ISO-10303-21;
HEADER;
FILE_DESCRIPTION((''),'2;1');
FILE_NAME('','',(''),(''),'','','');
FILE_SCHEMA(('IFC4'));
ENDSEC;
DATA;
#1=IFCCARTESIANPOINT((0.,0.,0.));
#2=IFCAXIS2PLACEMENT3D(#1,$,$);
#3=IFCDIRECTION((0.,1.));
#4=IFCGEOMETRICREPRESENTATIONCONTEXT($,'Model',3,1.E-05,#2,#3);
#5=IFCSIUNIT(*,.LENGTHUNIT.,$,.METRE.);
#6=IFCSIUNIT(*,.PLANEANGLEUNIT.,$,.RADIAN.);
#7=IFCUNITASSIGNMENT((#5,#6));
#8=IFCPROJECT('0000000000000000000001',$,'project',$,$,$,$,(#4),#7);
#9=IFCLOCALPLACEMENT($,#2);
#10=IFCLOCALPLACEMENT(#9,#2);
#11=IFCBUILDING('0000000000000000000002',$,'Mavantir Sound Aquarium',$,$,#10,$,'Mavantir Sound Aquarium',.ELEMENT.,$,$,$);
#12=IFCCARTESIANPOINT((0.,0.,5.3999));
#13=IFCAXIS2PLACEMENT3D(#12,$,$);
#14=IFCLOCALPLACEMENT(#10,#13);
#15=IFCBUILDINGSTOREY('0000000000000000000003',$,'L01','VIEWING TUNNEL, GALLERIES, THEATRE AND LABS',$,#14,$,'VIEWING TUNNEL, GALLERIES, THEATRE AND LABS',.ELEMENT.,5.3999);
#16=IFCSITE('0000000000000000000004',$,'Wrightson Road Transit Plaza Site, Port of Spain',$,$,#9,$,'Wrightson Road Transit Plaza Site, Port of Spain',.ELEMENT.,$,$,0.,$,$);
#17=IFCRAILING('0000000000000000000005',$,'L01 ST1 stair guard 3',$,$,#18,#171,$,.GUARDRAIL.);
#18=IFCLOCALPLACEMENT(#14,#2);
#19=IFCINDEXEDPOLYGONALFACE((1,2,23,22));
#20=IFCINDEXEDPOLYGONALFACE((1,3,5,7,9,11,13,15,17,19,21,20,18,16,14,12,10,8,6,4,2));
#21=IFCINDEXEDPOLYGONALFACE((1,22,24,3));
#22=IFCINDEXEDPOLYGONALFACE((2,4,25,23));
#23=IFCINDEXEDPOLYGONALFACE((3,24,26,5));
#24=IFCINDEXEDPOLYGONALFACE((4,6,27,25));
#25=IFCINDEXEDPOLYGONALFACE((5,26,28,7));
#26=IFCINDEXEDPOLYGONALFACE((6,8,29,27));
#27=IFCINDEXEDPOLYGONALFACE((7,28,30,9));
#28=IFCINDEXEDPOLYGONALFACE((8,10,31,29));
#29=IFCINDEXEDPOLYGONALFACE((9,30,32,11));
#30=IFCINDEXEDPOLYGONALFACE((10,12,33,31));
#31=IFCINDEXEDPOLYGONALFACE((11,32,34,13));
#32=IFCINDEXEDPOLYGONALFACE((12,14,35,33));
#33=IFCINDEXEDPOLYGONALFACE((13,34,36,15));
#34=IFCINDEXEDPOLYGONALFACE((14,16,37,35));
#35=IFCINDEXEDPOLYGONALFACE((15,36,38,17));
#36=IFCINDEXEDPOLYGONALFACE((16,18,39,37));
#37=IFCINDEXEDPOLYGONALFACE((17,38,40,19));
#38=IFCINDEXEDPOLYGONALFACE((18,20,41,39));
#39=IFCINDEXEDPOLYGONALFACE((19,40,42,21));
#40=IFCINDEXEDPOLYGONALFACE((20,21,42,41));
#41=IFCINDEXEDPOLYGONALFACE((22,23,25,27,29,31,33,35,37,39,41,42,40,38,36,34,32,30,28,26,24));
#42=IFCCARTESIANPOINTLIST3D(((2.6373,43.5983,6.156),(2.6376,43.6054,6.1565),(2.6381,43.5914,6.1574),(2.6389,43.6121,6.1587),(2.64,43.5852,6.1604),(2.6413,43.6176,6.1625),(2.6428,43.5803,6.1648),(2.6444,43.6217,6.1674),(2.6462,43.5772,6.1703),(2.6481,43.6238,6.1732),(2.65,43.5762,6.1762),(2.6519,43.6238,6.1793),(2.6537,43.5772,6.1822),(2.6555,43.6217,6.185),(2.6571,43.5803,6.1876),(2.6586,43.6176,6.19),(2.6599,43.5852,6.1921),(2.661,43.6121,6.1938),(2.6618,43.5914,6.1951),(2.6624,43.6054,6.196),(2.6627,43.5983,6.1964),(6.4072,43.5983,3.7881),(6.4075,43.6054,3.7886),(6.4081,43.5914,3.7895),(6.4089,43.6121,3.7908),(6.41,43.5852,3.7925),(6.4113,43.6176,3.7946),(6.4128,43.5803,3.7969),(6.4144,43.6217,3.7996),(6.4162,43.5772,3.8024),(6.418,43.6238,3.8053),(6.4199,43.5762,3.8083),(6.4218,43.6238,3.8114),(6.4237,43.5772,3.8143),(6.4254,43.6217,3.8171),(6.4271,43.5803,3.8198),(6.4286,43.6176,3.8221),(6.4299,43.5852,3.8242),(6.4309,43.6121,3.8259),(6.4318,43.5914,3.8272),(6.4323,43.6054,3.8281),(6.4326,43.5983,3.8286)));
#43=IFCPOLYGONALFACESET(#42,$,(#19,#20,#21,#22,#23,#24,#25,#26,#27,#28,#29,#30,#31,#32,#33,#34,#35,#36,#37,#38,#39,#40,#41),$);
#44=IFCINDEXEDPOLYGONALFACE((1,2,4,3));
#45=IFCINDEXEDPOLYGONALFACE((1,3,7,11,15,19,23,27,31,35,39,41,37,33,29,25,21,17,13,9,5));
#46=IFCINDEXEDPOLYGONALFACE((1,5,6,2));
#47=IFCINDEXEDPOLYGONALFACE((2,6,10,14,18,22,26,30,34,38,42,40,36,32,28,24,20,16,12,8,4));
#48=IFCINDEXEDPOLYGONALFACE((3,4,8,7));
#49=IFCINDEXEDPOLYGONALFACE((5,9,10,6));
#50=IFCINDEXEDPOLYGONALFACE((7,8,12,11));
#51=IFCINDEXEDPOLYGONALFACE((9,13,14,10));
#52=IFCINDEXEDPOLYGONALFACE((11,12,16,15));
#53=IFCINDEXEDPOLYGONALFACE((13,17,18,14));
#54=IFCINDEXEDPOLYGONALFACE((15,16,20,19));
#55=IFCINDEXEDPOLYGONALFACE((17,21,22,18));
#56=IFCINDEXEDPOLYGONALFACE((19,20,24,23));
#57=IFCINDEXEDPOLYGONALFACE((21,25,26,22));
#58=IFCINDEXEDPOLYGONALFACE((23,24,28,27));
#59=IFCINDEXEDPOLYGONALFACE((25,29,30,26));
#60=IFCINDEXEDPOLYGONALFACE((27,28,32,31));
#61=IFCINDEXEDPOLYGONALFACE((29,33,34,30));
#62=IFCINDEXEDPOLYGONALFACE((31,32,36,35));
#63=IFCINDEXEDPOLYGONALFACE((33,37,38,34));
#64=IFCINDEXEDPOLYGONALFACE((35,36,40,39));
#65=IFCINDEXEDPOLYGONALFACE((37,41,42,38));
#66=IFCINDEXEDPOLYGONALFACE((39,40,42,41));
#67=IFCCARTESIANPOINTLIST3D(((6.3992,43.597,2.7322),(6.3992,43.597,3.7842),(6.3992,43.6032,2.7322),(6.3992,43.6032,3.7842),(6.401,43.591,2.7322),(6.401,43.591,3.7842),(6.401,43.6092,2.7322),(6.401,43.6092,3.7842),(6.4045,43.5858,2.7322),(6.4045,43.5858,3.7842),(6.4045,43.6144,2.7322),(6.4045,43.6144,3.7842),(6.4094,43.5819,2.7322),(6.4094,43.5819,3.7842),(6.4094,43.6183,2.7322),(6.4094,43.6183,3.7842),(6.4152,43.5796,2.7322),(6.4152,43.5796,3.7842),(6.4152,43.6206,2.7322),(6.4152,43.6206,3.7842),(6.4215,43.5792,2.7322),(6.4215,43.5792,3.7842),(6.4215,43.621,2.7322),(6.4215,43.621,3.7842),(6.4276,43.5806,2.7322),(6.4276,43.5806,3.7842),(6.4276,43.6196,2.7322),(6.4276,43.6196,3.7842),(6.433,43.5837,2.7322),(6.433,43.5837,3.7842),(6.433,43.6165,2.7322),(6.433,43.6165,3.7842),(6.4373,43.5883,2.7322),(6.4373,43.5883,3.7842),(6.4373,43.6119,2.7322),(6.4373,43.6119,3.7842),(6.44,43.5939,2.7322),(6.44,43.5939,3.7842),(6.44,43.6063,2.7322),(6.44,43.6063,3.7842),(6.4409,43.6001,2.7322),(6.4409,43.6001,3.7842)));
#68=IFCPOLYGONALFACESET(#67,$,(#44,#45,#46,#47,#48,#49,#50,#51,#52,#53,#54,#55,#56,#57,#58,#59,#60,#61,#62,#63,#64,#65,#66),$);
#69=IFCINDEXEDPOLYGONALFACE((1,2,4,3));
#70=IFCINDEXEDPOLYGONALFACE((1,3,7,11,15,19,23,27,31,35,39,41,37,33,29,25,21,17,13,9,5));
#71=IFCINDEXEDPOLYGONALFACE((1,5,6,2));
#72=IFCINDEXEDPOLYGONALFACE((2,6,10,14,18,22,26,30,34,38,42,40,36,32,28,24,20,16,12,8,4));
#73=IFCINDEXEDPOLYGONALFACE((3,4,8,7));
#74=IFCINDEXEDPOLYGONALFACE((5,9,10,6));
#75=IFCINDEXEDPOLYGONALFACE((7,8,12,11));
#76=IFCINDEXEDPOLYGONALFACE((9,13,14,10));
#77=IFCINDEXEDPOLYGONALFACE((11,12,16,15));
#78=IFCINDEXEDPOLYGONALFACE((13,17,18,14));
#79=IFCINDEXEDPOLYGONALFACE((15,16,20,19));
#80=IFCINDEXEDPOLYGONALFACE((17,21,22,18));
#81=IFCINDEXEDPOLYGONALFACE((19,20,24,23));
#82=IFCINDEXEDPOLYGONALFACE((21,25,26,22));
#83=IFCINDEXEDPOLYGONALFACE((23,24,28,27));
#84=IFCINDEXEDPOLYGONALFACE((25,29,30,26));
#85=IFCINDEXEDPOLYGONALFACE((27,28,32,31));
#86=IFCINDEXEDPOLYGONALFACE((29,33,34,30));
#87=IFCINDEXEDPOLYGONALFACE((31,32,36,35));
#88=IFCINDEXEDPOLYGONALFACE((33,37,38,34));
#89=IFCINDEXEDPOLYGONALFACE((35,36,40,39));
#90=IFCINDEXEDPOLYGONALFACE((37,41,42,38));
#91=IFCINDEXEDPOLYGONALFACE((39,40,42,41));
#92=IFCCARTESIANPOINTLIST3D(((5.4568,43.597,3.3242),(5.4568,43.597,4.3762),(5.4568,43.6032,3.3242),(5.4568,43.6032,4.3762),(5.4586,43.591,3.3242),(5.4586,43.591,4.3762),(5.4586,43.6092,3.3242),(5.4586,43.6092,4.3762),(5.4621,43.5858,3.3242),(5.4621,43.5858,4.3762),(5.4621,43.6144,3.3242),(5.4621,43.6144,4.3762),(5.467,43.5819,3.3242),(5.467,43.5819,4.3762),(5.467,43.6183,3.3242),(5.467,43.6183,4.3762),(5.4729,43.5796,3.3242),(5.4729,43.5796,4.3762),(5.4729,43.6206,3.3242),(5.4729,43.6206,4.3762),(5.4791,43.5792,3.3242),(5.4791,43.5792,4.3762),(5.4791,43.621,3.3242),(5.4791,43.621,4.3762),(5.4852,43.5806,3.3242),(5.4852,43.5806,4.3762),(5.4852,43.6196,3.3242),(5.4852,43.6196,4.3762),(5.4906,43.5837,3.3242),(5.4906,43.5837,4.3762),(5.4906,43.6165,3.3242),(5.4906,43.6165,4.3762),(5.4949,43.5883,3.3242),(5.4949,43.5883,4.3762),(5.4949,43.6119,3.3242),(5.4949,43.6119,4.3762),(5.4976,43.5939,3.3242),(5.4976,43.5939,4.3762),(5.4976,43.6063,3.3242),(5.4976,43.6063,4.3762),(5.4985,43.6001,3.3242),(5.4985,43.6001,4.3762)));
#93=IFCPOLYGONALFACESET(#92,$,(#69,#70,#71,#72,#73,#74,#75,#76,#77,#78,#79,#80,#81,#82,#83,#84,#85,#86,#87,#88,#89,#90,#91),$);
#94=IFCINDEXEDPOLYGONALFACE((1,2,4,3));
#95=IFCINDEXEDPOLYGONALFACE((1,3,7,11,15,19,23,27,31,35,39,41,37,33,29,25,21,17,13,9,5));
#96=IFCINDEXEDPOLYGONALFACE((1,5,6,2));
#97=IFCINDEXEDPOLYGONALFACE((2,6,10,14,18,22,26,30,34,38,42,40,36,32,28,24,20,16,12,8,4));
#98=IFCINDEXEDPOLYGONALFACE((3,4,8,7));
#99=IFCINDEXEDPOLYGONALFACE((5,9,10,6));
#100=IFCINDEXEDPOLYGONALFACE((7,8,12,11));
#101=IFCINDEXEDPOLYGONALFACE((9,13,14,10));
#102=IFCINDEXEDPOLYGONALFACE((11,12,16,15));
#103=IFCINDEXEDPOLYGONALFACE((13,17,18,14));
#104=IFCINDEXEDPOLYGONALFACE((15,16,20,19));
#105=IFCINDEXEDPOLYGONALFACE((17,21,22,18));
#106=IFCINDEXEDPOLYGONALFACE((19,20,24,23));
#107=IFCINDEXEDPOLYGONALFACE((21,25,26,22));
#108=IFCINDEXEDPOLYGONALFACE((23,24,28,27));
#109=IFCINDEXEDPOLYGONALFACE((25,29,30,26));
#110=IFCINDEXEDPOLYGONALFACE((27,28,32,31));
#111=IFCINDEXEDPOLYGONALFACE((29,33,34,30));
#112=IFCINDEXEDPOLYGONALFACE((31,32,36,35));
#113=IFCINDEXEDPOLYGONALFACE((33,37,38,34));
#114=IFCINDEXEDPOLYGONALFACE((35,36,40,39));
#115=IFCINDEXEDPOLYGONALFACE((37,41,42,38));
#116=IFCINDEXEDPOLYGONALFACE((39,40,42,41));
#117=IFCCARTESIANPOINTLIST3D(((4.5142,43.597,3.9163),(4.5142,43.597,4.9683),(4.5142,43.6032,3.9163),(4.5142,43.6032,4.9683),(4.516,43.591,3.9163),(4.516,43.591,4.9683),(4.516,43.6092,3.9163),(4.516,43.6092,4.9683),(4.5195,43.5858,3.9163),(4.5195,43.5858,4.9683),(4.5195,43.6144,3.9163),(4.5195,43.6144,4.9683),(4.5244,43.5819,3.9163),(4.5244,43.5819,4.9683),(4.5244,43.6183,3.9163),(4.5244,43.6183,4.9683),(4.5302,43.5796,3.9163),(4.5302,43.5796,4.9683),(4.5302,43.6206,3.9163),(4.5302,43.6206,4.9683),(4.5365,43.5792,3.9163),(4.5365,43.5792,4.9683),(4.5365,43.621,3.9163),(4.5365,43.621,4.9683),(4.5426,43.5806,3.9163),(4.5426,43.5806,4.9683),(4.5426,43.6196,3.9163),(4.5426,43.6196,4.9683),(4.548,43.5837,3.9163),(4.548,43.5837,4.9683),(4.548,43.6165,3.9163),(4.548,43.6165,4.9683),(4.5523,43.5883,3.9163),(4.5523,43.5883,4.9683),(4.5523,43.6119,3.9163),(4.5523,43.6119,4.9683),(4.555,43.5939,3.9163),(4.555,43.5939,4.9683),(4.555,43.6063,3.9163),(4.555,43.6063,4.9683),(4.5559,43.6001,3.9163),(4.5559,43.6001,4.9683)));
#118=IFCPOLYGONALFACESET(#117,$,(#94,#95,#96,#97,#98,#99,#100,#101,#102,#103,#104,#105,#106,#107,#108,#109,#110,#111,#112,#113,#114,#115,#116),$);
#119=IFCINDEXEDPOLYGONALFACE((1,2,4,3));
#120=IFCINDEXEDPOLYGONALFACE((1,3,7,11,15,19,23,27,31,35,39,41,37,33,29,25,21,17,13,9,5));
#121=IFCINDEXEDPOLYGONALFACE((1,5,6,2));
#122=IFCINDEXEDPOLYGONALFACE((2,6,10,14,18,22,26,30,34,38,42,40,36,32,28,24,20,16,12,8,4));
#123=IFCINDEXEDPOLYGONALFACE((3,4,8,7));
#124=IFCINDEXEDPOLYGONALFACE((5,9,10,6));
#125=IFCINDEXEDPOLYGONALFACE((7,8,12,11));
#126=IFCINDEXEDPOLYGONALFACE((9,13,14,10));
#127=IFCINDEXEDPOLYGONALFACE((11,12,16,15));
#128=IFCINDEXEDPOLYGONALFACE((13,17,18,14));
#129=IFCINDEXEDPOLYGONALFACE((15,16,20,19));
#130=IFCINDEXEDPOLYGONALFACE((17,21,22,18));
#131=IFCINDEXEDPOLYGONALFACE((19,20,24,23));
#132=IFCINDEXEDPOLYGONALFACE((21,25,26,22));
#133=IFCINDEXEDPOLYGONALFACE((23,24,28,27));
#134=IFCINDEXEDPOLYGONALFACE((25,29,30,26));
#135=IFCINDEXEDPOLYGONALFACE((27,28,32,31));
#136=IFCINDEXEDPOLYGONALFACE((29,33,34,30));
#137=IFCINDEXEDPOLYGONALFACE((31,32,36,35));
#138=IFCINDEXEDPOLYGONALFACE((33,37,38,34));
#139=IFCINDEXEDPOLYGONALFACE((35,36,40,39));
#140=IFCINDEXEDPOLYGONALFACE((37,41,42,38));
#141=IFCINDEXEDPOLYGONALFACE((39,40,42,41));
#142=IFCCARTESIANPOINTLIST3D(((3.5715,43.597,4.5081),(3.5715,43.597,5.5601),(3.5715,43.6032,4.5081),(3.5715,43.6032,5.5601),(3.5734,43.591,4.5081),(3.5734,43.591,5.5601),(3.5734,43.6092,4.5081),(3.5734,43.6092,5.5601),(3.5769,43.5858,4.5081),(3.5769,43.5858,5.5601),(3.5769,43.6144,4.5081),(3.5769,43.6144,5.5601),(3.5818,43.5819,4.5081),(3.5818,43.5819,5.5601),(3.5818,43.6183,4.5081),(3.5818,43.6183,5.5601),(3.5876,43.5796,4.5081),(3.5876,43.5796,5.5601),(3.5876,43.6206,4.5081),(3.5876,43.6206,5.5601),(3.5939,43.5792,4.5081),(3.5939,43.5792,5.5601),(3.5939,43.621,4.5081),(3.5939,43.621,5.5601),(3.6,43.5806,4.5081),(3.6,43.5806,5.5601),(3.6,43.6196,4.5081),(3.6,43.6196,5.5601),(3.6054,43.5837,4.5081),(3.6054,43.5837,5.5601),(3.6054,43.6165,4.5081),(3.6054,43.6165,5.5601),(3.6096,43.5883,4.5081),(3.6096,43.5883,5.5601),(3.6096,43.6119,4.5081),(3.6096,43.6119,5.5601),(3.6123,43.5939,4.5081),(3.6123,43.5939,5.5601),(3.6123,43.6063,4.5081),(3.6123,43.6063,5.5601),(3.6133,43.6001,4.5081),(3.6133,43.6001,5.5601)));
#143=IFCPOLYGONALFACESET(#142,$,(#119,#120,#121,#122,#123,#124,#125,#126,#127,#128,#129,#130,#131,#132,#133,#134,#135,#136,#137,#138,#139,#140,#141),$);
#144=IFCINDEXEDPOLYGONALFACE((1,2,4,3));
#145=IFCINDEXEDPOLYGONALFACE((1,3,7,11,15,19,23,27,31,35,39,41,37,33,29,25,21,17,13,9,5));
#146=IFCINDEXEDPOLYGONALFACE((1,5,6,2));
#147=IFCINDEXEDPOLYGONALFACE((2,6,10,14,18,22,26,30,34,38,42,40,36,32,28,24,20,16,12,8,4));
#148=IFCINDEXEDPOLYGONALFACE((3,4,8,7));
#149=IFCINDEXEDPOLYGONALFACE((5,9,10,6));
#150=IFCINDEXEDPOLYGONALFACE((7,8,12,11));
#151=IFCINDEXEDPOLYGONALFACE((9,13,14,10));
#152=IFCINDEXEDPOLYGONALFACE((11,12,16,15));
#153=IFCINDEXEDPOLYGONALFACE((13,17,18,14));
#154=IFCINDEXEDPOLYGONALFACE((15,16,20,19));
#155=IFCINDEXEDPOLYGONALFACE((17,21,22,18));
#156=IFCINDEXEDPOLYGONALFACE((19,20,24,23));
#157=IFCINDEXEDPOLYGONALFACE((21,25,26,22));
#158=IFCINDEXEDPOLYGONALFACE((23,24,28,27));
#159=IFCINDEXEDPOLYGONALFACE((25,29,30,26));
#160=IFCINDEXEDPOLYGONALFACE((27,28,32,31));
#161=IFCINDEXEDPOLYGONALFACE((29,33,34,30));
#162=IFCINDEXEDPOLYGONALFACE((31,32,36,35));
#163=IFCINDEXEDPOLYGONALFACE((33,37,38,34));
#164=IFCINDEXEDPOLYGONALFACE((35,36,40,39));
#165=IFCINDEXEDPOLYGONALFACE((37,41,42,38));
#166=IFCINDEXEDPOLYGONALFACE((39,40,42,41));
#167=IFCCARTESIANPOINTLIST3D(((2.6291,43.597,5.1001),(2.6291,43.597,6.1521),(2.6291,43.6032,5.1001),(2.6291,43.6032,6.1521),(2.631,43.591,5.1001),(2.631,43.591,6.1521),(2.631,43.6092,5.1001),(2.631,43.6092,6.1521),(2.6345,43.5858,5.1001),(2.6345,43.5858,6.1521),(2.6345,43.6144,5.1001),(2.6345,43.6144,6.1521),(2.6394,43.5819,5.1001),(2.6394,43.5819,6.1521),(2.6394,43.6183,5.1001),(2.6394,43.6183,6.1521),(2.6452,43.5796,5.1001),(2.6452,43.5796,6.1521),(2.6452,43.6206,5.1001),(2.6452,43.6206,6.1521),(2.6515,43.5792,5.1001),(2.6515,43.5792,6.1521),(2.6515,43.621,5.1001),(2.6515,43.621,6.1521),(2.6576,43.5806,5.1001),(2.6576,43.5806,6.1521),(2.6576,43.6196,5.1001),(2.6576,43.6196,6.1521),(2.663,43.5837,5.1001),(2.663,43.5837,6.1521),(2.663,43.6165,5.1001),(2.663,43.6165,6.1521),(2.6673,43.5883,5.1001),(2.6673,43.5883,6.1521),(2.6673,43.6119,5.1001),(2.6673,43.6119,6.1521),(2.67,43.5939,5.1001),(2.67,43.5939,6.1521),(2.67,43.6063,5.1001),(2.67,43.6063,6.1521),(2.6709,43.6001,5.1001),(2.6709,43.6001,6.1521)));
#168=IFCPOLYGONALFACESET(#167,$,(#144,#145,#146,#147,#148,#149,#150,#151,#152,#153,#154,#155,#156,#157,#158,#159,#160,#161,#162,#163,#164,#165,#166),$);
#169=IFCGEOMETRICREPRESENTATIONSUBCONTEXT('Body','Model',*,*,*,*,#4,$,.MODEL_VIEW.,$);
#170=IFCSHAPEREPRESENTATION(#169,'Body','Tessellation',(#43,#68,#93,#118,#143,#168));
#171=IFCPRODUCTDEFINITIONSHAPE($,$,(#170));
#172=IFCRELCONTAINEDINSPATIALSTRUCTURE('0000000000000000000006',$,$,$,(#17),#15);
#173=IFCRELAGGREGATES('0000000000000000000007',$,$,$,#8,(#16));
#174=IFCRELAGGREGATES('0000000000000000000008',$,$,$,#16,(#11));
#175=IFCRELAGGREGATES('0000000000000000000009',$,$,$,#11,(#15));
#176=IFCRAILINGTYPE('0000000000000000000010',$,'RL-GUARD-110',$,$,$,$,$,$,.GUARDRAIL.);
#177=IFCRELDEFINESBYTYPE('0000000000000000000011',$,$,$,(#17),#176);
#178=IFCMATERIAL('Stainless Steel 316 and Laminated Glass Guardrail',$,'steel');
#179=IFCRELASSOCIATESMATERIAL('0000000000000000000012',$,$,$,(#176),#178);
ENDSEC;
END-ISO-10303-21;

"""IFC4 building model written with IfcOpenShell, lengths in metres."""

from ifc_helpers import new_model, si_unit, direction, frame, origin, origin_2d, place, context, subcontext, project, spatial, circle, extrude, material, type_object, element, save


model = new_model("IFC4")

# Units and contexts
model_context = context("Model", 3, precision=1e-05, world=origin(), true_north=direction((0.0, 1.0)))
body_context = subcontext(model_context, "Body", "Model", "MODEL_VIEW")
ifc_project = project(units=[si_unit("LENGTHUNIT", "METRE"), si_unit("PLANEANGLEUNIT", "RADIAN")], contexts=[model_context])

# Site, building, storey
site_placement = place(None, origin())
site = spatial("IfcSite", under=ifc_project, at=site_placement, Name="Wrightson Road Transit Plaza Site, Port of Spain", LongName="Wrightson Road Transit Plaza Site, Port of Spain", CompositionType="ELEMENT", RefElevation=0.0)
building_placement = place(site_placement, origin())
building = spatial("IfcBuilding", under=site, at=building_placement, Name="Mavantir Sound Aquarium", LongName="Mavantir Sound Aquarium", CompositionType="ELEMENT")
storey_placement = place(building_placement, frame((0.0, 0.0, 5.3999)))
storey = spatial("IfcBuildingStorey", under=building, at=storey_placement, Name="L01", Description="VIEWING TUNNEL, GALLERIES, THEATRE AND LABS", LongName="VIEWING TUNNEL, GALLERIES, THEATRE AND LABS", CompositionType="ELEMENT", Elevation=5.3999)

# Railing
ifc_material_1 = material(Name="Stainless Steel 316 and Laminated Glass Guardrail", Category="steel")
railing_type_1 = type_object("IfcRailingType", Name="RL-GUARD-110", PredefinedType="GUARDRAIL", material=ifc_material_1)
railing_1_placement = place(storey_placement, frame((6.4199, 43.6001, 2.7322)))
element("IfcRailing", 1, at=railing_1_placement, inside=storey, type_object=railing_type_1, Name="L01 ST1 stair guard 3", PredefinedType="GUARDRAIL", context=body_context, shape_type="SweptSolid", body=[
    extrude(circle(Radius=0.0239, at=origin_2d()), frame((0.0, 0.0, 1.0762), z_axis=(-0.846819, 0.0, 0.531881), x_axis=(0.0, -1.0, 0.0)), (0.0, 0.0, 1.0), 4.4519),
    extrude(circle(Radius=0.021, at=origin_2d()), origin(), (0.0, 0.0, 1.0), 1.052),
    extrude(circle(Radius=0.021, at=origin_2d()), frame((-0.9424, 0.0, 0.592)), (0.0, 0.0, 1.0), 1.052),
    extrude(circle(Radius=0.021, at=origin_2d()), frame((-1.885, 0.0, 1.1841)), (0.0, 0.0, 1.0), 1.052),
    extrude(circle(Radius=0.021, at=origin_2d()), frame((-2.8276, 0.0, 1.7759)), (0.0, 0.0, 1.0), 1.052),
    extrude(circle(Radius=0.021, at=origin_2d()), frame((-3.77, 0.0, 2.3679)), (0.0, 0.0, 1.0), 1.052),
])

save(model, "model.ifc")
